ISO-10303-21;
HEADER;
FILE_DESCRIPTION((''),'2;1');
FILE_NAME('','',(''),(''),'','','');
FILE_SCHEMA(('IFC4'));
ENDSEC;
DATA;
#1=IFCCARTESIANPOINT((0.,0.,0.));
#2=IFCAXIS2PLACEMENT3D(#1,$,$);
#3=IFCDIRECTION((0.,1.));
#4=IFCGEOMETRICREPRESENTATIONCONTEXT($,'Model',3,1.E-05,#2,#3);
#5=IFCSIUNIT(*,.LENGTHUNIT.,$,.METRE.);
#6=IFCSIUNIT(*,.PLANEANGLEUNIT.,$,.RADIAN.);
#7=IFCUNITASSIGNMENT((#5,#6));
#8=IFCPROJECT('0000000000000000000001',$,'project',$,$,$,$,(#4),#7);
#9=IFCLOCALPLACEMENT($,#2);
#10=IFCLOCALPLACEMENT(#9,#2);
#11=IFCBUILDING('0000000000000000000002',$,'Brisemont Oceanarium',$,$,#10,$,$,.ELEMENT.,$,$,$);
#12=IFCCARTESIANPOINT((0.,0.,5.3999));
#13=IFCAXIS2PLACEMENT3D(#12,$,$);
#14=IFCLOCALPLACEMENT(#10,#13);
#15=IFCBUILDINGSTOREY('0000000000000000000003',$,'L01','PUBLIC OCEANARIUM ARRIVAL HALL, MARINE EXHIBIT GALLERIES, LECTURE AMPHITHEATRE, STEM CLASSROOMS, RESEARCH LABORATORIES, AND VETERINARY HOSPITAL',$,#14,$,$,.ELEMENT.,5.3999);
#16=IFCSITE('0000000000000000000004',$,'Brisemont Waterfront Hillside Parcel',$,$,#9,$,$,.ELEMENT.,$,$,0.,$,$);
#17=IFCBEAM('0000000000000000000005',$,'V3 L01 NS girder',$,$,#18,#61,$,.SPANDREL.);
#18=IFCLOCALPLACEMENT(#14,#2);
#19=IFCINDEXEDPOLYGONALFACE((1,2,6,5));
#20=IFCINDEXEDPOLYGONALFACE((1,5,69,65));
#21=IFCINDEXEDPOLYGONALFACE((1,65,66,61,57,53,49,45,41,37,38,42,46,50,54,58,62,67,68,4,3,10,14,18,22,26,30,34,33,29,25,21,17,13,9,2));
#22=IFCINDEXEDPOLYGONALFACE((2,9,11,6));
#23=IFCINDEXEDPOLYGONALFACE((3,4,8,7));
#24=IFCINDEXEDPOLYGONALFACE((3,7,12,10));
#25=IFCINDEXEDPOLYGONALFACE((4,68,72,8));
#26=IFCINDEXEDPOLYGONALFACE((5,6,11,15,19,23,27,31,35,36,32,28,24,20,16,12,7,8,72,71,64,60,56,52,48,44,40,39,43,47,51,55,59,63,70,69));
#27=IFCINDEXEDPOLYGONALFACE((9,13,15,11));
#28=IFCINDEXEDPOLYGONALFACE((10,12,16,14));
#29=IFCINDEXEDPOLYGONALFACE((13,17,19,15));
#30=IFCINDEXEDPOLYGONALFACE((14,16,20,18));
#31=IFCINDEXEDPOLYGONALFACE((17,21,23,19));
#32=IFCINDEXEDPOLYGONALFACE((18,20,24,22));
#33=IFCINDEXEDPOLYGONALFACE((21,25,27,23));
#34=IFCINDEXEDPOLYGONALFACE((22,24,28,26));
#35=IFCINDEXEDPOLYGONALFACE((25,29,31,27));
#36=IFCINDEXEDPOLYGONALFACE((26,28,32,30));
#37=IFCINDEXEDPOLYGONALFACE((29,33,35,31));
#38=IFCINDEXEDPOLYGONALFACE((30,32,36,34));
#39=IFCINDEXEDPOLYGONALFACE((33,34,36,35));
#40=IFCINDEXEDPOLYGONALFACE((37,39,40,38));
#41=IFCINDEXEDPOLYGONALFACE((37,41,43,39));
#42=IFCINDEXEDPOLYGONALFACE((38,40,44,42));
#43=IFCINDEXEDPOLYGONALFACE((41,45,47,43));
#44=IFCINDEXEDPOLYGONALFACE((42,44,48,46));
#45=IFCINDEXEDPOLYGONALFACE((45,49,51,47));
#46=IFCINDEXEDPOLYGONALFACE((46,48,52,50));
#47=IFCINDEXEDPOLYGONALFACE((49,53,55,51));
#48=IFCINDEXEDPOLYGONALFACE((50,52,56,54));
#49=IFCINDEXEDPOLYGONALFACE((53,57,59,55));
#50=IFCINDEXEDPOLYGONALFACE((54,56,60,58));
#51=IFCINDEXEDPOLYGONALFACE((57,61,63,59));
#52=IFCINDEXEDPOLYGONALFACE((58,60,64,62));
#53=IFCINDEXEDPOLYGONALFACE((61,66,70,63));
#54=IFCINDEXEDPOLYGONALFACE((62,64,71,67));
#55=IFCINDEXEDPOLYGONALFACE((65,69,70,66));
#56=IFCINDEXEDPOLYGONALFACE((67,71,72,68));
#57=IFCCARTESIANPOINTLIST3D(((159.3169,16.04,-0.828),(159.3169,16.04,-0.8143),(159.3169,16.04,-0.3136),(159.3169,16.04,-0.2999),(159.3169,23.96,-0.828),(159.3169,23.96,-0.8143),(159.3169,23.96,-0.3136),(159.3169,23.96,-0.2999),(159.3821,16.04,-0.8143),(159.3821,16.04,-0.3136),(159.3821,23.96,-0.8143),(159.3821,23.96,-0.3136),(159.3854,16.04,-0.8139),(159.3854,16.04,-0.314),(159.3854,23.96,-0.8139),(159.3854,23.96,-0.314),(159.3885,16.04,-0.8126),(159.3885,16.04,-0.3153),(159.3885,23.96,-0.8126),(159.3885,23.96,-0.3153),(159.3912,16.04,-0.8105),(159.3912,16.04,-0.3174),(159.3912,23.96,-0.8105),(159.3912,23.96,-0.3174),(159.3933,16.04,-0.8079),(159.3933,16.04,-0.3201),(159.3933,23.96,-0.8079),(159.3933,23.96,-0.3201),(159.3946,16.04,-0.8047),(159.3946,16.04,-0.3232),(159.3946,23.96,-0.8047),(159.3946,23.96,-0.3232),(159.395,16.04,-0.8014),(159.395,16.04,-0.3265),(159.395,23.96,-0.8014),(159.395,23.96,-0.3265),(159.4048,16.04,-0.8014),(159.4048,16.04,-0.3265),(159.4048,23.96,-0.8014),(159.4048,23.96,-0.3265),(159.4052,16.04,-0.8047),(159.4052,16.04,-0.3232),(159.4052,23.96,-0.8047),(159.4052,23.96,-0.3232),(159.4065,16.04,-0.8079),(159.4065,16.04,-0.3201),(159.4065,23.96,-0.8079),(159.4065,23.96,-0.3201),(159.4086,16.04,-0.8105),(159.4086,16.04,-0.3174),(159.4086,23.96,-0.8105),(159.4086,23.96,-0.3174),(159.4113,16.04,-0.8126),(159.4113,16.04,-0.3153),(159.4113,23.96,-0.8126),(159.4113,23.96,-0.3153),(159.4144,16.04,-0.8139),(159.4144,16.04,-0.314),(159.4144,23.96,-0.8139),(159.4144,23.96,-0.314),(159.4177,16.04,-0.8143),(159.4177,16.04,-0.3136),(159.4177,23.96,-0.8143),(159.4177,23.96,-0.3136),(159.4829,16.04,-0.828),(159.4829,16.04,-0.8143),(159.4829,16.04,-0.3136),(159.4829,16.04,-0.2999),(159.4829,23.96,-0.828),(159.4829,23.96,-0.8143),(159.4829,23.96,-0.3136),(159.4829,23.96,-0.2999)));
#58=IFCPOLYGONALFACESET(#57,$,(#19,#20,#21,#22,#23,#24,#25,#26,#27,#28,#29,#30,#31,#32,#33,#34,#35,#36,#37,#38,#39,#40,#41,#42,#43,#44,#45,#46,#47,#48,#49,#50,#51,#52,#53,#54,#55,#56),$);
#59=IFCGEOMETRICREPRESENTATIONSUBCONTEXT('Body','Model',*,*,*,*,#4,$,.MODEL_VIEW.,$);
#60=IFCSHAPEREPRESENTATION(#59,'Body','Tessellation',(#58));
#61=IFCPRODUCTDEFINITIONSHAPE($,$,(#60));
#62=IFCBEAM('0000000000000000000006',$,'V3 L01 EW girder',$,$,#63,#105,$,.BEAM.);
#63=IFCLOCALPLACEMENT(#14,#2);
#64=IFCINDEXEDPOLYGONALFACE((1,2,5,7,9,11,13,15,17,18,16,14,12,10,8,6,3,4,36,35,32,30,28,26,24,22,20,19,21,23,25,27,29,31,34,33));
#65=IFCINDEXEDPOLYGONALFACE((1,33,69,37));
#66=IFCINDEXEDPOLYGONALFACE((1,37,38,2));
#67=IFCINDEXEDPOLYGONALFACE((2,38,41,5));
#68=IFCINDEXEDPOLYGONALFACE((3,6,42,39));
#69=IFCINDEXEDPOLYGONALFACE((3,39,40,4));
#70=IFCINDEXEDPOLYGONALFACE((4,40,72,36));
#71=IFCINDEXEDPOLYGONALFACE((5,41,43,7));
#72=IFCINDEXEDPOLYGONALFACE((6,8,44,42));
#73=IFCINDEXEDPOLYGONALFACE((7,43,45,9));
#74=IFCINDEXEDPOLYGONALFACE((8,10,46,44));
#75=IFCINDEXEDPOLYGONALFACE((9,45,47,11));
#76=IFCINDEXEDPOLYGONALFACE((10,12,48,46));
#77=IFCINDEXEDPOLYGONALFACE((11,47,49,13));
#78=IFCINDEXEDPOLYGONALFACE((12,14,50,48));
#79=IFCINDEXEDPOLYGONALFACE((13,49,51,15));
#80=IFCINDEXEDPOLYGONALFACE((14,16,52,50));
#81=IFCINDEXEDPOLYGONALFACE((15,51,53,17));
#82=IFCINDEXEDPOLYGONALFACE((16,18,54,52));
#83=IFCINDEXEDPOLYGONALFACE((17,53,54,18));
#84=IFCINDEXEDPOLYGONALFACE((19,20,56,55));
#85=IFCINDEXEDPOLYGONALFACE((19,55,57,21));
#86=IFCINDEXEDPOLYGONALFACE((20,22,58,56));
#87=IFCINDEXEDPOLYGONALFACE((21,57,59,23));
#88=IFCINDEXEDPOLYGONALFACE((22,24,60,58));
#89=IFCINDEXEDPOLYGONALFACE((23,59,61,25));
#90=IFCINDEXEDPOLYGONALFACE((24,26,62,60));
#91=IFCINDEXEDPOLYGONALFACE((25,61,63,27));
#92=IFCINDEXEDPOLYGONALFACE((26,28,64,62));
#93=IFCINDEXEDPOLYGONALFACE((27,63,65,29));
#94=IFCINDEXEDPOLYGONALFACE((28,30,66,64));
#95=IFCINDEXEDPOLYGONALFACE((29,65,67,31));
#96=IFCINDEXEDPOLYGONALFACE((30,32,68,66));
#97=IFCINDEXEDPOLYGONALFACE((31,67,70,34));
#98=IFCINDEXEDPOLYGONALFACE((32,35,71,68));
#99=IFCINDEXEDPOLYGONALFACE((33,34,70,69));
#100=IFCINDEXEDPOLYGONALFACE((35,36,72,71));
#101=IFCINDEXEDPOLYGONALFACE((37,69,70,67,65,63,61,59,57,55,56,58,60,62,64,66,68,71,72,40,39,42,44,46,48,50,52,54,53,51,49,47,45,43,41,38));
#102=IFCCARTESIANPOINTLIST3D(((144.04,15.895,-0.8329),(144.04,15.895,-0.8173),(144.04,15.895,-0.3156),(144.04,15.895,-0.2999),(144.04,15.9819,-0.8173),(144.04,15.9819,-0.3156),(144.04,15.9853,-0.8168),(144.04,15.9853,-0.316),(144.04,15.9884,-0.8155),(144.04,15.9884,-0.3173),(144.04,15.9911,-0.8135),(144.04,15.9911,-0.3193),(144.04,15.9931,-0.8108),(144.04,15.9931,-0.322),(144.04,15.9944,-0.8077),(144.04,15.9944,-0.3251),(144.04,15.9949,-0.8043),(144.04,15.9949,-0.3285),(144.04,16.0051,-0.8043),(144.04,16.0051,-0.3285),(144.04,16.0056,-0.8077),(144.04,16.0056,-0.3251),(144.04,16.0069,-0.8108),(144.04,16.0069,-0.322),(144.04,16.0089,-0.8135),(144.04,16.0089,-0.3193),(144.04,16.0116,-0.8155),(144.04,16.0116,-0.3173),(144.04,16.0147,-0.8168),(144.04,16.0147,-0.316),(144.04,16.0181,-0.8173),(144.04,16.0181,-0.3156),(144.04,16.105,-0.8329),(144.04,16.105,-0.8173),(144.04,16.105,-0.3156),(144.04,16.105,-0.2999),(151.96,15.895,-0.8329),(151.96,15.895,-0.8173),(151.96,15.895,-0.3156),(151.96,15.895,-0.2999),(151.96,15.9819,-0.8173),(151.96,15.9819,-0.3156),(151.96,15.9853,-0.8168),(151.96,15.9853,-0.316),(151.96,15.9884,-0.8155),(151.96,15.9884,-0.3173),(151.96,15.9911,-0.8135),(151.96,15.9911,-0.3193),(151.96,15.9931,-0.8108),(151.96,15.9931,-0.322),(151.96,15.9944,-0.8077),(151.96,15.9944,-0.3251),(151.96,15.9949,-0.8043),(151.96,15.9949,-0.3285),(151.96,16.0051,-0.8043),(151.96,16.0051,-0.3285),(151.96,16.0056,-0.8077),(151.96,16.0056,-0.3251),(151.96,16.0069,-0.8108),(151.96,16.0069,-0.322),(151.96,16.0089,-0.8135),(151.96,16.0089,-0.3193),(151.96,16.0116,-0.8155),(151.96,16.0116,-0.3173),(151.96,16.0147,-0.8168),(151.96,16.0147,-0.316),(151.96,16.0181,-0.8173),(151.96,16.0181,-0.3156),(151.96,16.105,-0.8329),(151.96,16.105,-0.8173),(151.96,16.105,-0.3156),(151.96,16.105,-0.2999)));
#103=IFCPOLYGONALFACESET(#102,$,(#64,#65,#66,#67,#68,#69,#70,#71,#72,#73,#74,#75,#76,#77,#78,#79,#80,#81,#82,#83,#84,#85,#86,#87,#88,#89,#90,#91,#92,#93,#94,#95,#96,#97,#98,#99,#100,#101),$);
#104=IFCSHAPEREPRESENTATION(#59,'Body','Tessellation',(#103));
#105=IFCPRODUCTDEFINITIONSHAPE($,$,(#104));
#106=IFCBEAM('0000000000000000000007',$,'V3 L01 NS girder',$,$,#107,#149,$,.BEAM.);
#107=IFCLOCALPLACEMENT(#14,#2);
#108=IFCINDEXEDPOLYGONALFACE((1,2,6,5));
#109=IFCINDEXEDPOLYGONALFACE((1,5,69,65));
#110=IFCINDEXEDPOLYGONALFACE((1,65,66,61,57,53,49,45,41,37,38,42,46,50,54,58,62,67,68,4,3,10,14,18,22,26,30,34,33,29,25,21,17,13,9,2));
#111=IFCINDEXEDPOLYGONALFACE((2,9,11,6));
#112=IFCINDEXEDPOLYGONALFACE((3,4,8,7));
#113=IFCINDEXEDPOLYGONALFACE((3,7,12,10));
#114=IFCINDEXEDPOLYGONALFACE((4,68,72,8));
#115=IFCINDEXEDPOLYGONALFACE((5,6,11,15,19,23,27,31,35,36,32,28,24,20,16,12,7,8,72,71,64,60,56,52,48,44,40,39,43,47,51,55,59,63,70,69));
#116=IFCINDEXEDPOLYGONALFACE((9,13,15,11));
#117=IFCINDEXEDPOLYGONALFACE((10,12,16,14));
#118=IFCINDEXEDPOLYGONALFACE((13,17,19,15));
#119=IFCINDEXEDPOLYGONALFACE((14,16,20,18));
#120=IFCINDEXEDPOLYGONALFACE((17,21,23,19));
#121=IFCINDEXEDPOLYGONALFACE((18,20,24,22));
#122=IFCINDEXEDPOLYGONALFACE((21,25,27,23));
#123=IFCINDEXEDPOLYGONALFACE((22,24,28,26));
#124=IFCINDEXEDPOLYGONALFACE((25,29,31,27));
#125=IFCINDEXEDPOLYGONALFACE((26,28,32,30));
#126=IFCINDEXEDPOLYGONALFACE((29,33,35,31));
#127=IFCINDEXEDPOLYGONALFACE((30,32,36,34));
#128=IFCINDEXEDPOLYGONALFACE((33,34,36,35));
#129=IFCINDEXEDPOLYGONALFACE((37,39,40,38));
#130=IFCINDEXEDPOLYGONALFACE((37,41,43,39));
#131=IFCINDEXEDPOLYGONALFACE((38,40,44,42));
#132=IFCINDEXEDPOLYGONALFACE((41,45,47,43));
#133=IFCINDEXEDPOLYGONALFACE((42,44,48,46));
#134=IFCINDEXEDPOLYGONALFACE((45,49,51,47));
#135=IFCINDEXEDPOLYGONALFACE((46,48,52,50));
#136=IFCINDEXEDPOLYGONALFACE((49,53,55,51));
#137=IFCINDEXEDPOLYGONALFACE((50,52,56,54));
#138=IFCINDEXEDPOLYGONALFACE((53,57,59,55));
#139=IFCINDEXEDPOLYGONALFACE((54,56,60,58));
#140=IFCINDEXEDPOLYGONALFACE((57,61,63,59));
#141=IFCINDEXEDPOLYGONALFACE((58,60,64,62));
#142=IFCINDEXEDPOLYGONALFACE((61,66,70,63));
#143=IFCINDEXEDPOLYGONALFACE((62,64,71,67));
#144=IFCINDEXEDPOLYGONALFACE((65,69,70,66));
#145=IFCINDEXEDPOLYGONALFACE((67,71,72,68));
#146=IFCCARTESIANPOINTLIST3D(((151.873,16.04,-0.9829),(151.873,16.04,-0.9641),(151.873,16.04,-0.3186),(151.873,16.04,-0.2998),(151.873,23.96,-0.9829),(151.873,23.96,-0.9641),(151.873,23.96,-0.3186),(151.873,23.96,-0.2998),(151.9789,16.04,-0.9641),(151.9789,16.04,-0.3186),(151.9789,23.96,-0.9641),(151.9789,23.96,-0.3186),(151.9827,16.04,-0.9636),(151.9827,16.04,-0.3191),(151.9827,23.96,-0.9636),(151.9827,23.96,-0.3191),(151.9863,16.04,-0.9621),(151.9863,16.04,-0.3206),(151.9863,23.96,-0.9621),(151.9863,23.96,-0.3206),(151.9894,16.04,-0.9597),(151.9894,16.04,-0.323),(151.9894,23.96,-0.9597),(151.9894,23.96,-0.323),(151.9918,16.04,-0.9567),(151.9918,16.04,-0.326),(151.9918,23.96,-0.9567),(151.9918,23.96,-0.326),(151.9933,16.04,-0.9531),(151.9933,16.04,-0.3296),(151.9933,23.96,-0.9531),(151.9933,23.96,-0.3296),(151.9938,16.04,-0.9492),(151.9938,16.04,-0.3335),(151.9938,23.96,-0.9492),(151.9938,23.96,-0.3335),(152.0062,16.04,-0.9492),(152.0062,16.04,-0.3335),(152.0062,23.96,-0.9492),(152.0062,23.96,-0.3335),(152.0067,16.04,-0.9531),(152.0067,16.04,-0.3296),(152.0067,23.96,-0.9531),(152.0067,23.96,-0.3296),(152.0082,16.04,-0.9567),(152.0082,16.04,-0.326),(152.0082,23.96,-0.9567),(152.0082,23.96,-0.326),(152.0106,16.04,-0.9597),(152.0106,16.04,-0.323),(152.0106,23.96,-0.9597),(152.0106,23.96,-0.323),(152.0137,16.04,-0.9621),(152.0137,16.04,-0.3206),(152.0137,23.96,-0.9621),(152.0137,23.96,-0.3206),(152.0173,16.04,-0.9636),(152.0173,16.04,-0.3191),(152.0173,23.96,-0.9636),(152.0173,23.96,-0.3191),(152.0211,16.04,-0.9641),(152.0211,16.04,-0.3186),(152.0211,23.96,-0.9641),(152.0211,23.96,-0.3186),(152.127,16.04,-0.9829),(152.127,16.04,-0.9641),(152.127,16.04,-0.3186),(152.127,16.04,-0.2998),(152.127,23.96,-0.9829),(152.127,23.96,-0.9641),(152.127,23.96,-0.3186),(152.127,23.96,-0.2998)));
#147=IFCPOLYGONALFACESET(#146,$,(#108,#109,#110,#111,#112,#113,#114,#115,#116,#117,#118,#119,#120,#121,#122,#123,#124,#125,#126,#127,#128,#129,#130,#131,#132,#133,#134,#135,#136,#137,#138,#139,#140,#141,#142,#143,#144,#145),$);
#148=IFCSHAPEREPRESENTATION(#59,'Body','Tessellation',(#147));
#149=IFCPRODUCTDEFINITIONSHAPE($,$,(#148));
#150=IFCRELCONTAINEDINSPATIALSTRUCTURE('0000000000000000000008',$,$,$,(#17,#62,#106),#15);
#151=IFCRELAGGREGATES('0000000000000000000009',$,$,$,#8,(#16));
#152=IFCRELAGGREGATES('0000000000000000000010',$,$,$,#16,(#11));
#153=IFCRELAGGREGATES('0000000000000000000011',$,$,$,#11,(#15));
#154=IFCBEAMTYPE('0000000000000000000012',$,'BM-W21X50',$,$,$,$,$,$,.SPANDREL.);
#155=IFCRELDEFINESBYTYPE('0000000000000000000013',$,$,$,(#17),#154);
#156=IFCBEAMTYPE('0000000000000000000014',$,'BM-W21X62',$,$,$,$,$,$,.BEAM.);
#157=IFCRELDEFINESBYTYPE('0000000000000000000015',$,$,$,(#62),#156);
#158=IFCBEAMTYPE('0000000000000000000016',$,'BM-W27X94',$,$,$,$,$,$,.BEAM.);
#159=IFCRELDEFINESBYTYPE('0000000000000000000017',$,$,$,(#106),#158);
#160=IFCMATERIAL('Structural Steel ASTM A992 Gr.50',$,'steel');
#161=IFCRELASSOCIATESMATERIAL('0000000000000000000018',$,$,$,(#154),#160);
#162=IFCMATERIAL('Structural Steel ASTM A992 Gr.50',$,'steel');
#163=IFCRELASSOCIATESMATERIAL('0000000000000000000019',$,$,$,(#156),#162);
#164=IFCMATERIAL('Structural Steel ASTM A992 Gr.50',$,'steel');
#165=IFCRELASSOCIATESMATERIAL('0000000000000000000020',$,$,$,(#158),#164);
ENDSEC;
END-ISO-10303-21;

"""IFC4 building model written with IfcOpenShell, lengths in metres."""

from ifc_helpers import new_model, si_unit, direction, frame, origin, origin_2d, place, context, subcontext, project, spatial, i_section, extrude, material, material_profile, profile_set, type_object, element, save


model = new_model("IFC4")

# Units and contexts
model_context = context("Model", 3, precision=1e-05, world=origin(), true_north=direction((0.0, 1.0)))
body_context = subcontext(model_context, "Body", "Model", "MODEL_VIEW")
ifc_project = project(units=[si_unit("LENGTHUNIT", "METRE"), si_unit("PLANEANGLEUNIT", "RADIAN")], contexts=[model_context])

# Site, building, storey
site_placement = place(None, origin())
site = spatial("IfcSite", under=ifc_project, at=site_placement, Name="Brisemont Waterfront Hillside Parcel", CompositionType="ELEMENT", RefElevation=0.0)
building_placement = place(site_placement, origin())
building = spatial("IfcBuilding", under=site, at=building_placement, Name="Brisemont Oceanarium", CompositionType="ELEMENT")
storey_placement = place(building_placement, frame((0.0, 0.0, 5.3999)))
storey = spatial("IfcBuildingStorey", under=building, at=storey_placement, Name="L01", Description="PUBLIC OCEANARIUM ARRIVAL HALL, MARINE EXHIBIT GALLERIES, LECTURE AMPHITHEATRE, STEM CLASSROOMS, RESEARCH LABORATORIES, AND VETERINARY HOSPITAL", CompositionType="ELEMENT", Elevation=5.3999)

# Beams
ifc_material_1 = material(Name="Structural Steel ASTM A992 Gr.50", Category="steel")
ifc_material_profile_1 = material_profile(ifc_material_1, i_section(OverallWidth=0.166, OverallDepth=0.5281, WebThickness=0.0098, FlangeThickness=0.0137, FilletRadius=0.0129, at=origin_2d()), Name="W21X50")
ifc_profile_set_1 = profile_set([ifc_material_profile_1], Name="Structural Steel ASTM A992 Gr.50")
beam_type_1 = type_object("IfcBeamType", Name="BM-W21X50", PredefinedType="SPANDREL", material=ifc_profile_set_1)
beam_1_placement = place(storey_placement, frame((159.3999, 16.04, -0.564), z_axis=(0.0, 1.0, 0.0), x_axis=(-1.0, 0.0, 0.0)))
element("IfcBeam", 1, at=beam_1_placement, inside=storey, type_object=beam_type_1, Name="V3 L01 NS girder", PredefinedType="SPANDREL", context=body_context, shape_type="SweptSolid", body=[
    extrude(i_section(OverallWidth=0.166, OverallDepth=0.5281, WebThickness=0.0098, FlangeThickness=0.0137, FilletRadius=0.0129, at=origin_2d()), origin(), (0.0, 0.0, 1.0), 7.9199),
])
ifc_material_2 = material(Name="Structural Steel ASTM A992 Gr.50", Category="steel")
ifc_material_profile_2 = material_profile(ifc_material_2, i_section(OverallWidth=0.21, OverallDepth=0.533, WebThickness=0.0103, FlangeThickness=0.0156, FilletRadius=0.0129, at=origin_2d()), Name="W21X62")
ifc_profile_set_2 = profile_set([ifc_material_profile_2], Name="Structural Steel ASTM A992 Gr.50")
beam_type_2 = type_object("IfcBeamType", Name="BM-W21X62", PredefinedType="BEAM", material=ifc_profile_set_2)
beam_2_placement = place(storey_placement, frame((144.04, 16.0, -0.5664), z_axis=(1.0, 0.0, 0.0), x_axis=(0.0, 1.0, 0.0)))
element("IfcBeam", 2, at=beam_2_placement, inside=storey, type_object=beam_type_2, Name="V3 L01 EW girder", PredefinedType="BEAM", context=body_context, shape_type="SweptSolid", body=[
    extrude(i_section(OverallWidth=0.21, OverallDepth=0.533, WebThickness=0.0103, FlangeThickness=0.0156, FilletRadius=0.0129, at=origin_2d()), origin(), (0.0, 0.0, 1.0), 7.9199),
])
ifc_material_3 = material(Name="Structural Steel ASTM A992 Gr.50", Category="steel")
ifc_material_profile_3 = material_profile(ifc_material_3, i_section(OverallWidth=0.2539, OverallDepth=0.6831, WebThickness=0.0125, FlangeThickness=0.0188, FilletRadius=0.0149, at=origin_2d()), Name="W27X94")
ifc_profile_set_3 = profile_set([ifc_material_profile_3], Name="Structural Steel ASTM A992 Gr.50")
beam_type_3 = type_object("IfcBeamType", Name="BM-W27X94", PredefinedType="BEAM", material=ifc_profile_set_3)
beam_3_placement = place(storey_placement, frame((152.0, 16.04, -0.6414), z_axis=(0.0, 1.0, 0.0), x_axis=(-1.0, 0.0, 0.0)))
element("IfcBeam", 3, at=beam_3_placement, inside=storey, type_object=beam_type_3, Name="V3 L01 NS girder", PredefinedType="BEAM", context=body_context, shape_type="SweptSolid", body=[
    extrude(i_section(OverallWidth=0.2539, OverallDepth=0.6831, WebThickness=0.0125, FlangeThickness=0.0188, FilletRadius=0.0149, at=origin_2d()), origin(), (0.0, 0.0, 1.0), 7.9199),
])

save(model, "model.ifc")
